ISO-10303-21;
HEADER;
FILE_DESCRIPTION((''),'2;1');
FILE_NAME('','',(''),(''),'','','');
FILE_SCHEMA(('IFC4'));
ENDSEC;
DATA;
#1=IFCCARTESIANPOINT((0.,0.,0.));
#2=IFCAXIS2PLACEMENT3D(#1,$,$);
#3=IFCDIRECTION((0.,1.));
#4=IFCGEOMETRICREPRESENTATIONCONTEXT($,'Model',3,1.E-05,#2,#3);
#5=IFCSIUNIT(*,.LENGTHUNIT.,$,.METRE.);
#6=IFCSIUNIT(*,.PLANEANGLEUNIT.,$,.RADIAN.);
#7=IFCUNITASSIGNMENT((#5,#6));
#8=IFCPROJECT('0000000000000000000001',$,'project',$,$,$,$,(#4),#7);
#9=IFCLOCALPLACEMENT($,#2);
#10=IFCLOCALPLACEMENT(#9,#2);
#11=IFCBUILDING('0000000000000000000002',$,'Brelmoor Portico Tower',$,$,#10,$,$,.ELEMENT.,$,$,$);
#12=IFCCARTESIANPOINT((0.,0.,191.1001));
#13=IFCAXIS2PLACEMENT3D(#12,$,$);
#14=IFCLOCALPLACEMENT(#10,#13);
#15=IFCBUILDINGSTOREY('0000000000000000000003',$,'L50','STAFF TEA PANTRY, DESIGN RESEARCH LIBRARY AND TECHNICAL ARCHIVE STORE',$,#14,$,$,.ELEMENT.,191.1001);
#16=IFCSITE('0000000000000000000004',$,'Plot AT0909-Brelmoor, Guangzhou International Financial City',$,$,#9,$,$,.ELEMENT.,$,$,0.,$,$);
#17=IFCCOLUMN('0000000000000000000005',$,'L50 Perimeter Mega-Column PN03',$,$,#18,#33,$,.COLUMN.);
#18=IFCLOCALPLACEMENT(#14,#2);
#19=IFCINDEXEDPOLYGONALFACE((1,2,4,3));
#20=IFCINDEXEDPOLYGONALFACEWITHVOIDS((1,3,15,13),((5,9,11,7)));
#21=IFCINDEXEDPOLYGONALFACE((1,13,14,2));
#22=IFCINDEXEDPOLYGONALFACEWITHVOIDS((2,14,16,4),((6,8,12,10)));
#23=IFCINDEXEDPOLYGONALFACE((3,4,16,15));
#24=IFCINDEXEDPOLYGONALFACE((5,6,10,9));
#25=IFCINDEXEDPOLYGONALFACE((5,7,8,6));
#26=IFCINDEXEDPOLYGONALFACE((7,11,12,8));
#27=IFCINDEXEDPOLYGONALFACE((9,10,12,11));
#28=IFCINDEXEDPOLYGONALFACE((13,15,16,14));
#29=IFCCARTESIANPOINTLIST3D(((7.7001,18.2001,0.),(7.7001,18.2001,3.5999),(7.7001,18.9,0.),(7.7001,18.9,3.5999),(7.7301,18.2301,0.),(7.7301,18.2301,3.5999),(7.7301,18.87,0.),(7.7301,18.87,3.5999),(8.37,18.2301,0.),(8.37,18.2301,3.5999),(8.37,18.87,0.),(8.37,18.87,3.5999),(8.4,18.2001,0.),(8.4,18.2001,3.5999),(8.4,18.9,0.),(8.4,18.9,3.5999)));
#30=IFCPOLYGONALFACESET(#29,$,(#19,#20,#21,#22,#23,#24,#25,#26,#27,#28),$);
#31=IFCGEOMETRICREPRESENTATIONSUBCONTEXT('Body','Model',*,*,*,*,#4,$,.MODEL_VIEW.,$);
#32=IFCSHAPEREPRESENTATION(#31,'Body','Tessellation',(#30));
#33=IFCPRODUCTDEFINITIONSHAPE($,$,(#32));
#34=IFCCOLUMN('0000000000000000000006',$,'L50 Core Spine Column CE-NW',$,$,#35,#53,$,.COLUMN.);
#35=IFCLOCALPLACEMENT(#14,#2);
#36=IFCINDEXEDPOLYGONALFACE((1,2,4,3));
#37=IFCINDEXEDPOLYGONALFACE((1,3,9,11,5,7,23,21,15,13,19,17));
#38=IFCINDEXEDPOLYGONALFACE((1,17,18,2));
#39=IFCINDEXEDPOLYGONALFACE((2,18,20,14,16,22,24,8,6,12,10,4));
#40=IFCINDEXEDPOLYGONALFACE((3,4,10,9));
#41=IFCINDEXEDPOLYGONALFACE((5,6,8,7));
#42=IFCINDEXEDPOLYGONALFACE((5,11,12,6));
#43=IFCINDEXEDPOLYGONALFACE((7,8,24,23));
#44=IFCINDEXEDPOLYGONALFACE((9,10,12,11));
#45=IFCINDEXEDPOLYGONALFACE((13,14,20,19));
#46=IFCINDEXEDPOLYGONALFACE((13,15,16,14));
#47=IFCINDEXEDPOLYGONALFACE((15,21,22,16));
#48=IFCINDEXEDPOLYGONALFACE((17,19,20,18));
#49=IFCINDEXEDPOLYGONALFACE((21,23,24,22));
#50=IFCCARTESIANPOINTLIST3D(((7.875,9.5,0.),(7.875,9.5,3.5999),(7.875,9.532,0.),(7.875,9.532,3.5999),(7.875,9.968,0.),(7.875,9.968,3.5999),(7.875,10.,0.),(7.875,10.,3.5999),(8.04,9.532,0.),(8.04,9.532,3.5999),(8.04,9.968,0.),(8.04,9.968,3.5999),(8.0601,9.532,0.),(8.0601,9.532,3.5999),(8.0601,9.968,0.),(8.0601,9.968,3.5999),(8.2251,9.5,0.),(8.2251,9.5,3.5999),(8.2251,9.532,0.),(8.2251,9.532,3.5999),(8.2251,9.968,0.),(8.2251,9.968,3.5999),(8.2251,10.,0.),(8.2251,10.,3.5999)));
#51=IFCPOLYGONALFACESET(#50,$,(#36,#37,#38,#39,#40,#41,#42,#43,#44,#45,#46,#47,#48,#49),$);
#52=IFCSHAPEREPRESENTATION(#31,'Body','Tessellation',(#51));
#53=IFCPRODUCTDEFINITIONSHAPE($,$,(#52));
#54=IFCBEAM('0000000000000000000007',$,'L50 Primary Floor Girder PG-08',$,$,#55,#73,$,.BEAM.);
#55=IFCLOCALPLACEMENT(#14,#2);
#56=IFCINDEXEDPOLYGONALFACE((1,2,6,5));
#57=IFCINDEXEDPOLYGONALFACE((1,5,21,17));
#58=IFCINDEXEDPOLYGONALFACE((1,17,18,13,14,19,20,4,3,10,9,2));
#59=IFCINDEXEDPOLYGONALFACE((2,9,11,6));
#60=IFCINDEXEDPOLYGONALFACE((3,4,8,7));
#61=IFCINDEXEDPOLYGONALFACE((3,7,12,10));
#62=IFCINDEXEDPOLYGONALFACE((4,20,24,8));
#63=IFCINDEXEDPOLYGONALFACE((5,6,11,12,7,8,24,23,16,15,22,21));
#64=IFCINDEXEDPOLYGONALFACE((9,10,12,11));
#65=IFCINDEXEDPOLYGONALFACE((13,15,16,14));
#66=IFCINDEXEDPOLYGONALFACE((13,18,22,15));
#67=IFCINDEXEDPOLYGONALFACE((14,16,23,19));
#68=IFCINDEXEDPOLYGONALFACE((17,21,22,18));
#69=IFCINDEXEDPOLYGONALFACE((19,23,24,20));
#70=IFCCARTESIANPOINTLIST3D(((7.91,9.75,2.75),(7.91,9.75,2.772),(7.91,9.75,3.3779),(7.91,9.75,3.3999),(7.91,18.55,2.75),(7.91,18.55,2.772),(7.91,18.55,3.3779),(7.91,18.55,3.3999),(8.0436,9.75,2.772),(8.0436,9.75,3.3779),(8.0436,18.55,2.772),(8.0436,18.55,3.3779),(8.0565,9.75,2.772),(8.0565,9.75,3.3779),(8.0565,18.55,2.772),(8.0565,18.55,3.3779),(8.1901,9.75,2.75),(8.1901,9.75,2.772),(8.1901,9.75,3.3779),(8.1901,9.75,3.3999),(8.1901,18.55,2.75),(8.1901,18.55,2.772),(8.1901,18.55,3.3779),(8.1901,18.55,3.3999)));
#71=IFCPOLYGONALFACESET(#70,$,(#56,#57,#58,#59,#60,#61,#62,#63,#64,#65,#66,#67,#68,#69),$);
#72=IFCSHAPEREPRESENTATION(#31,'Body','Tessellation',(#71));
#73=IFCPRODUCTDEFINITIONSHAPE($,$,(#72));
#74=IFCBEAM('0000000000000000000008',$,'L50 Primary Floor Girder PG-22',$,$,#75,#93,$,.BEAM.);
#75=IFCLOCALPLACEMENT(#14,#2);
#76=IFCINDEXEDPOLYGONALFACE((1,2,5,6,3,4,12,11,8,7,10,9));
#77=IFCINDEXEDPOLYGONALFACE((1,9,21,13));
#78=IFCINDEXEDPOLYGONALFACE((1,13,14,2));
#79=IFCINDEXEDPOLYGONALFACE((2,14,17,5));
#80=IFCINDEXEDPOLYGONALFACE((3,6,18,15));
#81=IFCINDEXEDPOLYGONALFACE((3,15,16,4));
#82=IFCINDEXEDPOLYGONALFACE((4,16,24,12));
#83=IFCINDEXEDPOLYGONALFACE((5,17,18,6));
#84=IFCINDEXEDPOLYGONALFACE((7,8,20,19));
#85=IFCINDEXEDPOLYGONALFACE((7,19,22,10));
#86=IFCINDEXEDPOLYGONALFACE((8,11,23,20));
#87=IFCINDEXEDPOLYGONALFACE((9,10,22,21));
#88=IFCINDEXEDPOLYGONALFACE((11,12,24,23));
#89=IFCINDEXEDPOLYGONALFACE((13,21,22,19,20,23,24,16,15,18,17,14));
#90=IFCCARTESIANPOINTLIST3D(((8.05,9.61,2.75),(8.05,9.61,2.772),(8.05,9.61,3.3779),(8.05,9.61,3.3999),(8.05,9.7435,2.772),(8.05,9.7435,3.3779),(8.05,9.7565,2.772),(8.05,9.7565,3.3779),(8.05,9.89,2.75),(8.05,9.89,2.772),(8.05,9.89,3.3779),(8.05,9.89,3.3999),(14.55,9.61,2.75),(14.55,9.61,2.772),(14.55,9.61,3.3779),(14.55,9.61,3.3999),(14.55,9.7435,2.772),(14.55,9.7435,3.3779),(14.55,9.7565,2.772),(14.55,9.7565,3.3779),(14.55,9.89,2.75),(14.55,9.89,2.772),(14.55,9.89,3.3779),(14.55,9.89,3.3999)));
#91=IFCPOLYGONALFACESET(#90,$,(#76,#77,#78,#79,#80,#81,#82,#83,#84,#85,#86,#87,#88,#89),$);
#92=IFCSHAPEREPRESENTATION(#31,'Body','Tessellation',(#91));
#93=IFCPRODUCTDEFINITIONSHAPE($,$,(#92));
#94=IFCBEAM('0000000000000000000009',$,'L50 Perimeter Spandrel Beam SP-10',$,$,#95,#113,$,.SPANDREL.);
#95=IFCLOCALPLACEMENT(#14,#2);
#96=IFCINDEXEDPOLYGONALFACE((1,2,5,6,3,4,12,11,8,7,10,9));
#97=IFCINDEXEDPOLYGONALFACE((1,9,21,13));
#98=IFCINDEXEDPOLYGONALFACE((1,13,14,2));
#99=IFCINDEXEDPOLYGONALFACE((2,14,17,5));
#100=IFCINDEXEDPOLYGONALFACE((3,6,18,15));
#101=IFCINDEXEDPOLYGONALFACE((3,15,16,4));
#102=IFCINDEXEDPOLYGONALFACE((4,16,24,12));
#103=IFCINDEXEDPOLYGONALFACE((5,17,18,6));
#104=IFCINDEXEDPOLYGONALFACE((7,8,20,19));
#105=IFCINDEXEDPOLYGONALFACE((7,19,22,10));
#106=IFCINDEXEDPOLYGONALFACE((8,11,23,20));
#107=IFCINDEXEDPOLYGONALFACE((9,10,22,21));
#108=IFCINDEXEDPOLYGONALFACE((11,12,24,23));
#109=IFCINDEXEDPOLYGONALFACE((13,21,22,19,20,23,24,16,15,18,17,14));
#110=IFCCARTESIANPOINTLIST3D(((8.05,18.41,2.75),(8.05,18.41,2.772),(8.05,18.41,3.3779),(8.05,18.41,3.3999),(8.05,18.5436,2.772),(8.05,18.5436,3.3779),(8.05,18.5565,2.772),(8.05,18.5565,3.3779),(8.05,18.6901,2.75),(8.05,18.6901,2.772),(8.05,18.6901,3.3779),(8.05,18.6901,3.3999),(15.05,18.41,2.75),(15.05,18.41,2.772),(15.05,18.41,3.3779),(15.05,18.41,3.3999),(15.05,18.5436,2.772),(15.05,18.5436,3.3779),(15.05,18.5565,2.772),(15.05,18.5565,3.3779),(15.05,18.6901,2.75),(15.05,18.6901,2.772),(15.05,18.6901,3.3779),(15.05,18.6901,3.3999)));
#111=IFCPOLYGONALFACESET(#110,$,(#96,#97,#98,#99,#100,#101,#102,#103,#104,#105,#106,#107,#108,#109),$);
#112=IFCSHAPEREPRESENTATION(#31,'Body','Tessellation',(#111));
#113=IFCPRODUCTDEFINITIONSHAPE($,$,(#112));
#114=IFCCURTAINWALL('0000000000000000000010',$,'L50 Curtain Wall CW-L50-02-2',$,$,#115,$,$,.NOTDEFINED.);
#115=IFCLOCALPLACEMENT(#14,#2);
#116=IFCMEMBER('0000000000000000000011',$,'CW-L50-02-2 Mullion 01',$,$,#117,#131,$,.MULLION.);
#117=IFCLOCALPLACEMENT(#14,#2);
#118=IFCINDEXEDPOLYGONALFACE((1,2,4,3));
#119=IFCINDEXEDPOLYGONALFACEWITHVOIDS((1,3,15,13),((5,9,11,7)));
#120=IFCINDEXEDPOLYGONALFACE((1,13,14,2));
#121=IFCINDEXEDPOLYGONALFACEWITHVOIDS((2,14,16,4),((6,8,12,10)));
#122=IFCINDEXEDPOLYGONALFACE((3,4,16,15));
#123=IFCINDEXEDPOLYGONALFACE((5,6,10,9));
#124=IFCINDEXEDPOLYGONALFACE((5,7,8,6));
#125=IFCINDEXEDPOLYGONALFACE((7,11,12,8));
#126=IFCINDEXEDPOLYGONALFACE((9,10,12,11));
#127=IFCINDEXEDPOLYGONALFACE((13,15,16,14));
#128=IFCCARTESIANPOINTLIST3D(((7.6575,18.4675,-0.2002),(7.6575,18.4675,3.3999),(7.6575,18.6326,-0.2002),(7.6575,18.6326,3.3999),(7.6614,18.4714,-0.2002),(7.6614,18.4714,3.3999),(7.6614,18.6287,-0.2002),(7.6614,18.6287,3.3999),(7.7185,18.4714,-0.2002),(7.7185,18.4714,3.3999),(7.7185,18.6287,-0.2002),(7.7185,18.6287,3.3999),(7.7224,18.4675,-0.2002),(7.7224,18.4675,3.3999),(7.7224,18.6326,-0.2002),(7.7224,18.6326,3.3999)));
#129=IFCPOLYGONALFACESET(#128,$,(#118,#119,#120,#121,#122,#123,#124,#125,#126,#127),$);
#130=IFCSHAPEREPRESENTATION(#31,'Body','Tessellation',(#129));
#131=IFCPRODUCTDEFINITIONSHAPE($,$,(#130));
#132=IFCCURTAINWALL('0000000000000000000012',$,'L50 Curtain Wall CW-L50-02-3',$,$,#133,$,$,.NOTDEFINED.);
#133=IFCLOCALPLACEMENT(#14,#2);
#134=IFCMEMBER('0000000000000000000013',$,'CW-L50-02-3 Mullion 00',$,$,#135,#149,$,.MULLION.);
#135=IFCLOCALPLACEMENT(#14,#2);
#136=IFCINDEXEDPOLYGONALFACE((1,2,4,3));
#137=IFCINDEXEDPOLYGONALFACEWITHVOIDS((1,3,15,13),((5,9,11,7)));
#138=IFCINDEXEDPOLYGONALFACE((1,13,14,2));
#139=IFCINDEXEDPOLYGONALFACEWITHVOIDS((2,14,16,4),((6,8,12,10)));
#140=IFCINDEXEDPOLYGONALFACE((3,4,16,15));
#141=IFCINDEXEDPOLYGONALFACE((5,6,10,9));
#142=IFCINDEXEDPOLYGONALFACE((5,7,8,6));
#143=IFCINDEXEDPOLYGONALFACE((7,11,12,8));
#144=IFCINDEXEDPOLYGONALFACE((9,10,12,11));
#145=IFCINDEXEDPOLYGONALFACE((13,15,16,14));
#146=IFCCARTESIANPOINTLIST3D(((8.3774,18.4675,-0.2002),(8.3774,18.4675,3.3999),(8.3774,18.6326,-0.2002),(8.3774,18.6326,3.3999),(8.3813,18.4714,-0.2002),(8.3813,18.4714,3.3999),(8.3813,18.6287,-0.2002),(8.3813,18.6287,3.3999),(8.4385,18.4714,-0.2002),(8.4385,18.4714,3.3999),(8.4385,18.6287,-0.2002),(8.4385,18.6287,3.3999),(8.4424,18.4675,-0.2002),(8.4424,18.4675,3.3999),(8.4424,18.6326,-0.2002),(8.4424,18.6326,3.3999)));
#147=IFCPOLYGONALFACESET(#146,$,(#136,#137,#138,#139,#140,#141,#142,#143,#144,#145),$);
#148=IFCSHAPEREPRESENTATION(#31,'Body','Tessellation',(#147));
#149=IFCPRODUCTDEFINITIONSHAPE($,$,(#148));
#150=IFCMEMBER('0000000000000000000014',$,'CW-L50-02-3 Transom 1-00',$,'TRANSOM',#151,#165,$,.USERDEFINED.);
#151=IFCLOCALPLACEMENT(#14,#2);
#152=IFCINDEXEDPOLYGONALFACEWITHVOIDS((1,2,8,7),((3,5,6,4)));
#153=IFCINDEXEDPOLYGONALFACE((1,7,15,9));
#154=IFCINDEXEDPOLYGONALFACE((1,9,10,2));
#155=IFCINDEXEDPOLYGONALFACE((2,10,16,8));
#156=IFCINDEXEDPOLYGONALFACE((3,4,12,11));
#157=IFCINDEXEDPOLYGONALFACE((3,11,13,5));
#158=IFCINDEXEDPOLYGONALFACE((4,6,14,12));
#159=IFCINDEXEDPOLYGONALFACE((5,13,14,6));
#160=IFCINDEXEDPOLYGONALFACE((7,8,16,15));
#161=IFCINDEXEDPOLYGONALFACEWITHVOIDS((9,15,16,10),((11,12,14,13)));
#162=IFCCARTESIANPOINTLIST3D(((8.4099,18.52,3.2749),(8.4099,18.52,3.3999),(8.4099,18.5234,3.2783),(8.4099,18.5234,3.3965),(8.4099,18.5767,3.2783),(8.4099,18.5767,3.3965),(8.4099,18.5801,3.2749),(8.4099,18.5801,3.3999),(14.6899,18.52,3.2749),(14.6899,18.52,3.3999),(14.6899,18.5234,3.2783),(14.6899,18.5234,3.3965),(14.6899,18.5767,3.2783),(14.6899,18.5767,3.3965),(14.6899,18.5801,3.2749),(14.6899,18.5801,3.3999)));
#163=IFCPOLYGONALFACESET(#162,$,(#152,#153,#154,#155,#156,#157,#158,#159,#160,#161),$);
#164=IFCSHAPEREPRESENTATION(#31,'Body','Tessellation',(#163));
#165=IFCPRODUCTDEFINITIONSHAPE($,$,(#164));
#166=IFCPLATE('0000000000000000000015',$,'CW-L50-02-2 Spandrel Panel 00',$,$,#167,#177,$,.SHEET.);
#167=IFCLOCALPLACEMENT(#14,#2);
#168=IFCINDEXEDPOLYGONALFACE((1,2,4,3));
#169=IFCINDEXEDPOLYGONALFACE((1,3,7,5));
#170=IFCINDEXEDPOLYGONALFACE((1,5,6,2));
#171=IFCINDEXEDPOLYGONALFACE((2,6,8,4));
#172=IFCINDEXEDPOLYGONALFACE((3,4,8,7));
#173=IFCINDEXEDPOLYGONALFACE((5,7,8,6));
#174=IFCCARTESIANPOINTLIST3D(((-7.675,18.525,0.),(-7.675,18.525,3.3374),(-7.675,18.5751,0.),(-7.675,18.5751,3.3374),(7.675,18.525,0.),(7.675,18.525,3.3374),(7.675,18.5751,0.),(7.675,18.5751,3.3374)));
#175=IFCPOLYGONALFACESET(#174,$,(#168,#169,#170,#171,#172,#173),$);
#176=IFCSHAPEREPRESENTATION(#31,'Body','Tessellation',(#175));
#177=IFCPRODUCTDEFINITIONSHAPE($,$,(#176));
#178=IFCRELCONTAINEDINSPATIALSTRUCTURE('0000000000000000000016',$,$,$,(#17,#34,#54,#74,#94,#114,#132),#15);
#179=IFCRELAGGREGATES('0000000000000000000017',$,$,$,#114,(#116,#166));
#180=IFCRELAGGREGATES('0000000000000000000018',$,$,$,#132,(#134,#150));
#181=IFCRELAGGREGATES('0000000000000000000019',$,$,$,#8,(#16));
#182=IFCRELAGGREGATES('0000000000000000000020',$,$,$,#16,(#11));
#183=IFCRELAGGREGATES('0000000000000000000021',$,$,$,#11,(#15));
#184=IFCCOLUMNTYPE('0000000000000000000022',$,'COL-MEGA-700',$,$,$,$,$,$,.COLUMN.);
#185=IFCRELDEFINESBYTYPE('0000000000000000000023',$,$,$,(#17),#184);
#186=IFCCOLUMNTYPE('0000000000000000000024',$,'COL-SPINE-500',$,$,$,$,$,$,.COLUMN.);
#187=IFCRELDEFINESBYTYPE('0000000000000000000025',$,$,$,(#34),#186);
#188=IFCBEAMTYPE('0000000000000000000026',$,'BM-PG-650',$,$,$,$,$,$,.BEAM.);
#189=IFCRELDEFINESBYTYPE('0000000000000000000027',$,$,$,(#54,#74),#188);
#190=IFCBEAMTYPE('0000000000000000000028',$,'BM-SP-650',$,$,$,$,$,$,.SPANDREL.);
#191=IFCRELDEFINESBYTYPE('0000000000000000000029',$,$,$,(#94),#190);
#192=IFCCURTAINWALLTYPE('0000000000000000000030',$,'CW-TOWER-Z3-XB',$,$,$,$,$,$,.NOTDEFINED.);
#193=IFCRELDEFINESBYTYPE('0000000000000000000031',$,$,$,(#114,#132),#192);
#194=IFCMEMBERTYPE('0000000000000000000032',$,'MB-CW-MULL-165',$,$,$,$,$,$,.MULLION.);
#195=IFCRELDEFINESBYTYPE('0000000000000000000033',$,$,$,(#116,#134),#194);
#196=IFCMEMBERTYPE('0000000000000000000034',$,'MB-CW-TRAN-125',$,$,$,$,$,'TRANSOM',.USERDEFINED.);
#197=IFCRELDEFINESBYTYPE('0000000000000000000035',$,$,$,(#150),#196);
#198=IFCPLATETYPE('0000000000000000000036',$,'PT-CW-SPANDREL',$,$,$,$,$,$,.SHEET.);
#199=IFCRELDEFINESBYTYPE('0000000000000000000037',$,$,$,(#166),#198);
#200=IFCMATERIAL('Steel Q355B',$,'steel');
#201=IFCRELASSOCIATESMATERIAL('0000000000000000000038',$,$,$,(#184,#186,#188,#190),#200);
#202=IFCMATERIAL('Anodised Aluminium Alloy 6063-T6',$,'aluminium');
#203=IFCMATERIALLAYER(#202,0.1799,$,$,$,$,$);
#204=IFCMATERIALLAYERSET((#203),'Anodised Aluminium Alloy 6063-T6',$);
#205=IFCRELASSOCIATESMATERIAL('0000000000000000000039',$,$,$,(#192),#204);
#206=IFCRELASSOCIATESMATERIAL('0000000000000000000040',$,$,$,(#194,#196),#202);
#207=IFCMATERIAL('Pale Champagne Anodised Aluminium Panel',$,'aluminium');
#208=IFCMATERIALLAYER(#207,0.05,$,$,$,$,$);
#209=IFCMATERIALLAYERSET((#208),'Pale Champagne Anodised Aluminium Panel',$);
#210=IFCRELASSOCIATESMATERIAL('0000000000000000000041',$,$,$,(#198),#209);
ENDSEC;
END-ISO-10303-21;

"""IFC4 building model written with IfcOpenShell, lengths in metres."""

from ifc_helpers import new_model, si_unit, direction, frame, origin, origin_2d, place, context, subcontext, project, spatial, rectangle, hollow_rectangle, i_section, extrude, material, layer, layer_set, material_profile, profile_set, type_object, element, aggregate, save


model = new_model("IFC4")

# Units and contexts
model_context = context("Model", 3, precision=1e-05, world=origin(), true_north=direction((0.0, 1.0)))
body_context = subcontext(model_context, "Body", "Model", "MODEL_VIEW")
ifc_project = project(units=[si_unit("LENGTHUNIT", "METRE"), si_unit("PLANEANGLEUNIT", "RADIAN")], contexts=[model_context])

# Site, building, storey
site_placement = place(None, origin())
site = spatial("IfcSite", under=ifc_project, at=site_placement, Name="Plot AT0909-Brelmoor, Guangzhou International Financial City", CompositionType="ELEMENT", RefElevation=0.0)
building_placement = place(site_placement, origin())
building = spatial("IfcBuilding", under=site, at=building_placement, Name="Brelmoor Portico Tower", CompositionType="ELEMENT")
storey_placement = place(building_placement, frame((0.0, 0.0, 191.1001)))
storey = spatial("IfcBuildingStorey", under=building, at=storey_placement, Name="L50", Description="STAFF TEA PANTRY, DESIGN RESEARCH LIBRARY AND TECHNICAL ARCHIVE STORE", CompositionType="ELEMENT", Elevation=191.1001)

# Columns
ifc_material_1 = material(Name="Steel Q355B", Category="steel")
ifc_material_profile_1 = material_profile(ifc_material_1, hollow_rectangle(XDim=0.7, YDim=0.7, WallThickness=0.03, at=origin_2d()), Name="BOX 700x700x30")
ifc_profile_set_1 = profile_set([ifc_material_profile_1], Name="Steel Q355B")
column_type_1 = type_object("IfcColumnType", Name="COL-MEGA-700", PredefinedType="COLUMN", material=ifc_profile_set_1)
column_1_placement = place(storey_placement, frame((8.05, 18.55, 0.0), z_axis=(0.0, 0.0, 1.0), x_axis=(1.0, 0.0, 0.0)))
element("IfcColumn", 1, at=column_1_placement, inside=storey, type_object=column_type_1, Name="L50 Perimeter Mega-Column PN03", PredefinedType="COLUMN", context=body_context, shape_type="SweptSolid", body=[
    extrude(hollow_rectangle(XDim=0.7, YDim=0.7, WallThickness=0.03, at=origin_2d()), origin(), (0.0, 0.0, 1.0), 3.5999),
])
ifc_material_profile_2 = material_profile(ifc_material_1, i_section(OverallWidth=0.3501, OverallDepth=0.5, WebThickness=0.02, FlangeThickness=0.032, at=origin_2d()), Name="HW 500x350x20x32")
ifc_profile_set_2 = profile_set([ifc_material_profile_2], Name="Steel Q355B")
column_type_2 = type_object("IfcColumnType", Name="COL-SPINE-500", PredefinedType="COLUMN", material=ifc_profile_set_2)
column_2_placement = place(storey_placement, frame((8.05, 9.75, 0.0), z_axis=(0.0, 0.0, 1.0), x_axis=(1.0, 0.0, 0.0)))
element("IfcColumn", 2, at=column_2_placement, inside=storey, type_object=column_type_2, Name="L50 Core Spine Column CE-NW", PredefinedType="COLUMN", context=body_context, shape_type="SweptSolid", body=[
    extrude(i_section(OverallWidth=0.3501, OverallDepth=0.5, WebThickness=0.02, FlangeThickness=0.032, at=origin_2d()), origin(), (0.0, 0.0, 1.0), 3.5999),
])

# Beams
ifc_material_profile_3 = material_profile(ifc_material_1, i_section(OverallWidth=0.28, OverallDepth=0.6499, WebThickness=0.0129, FlangeThickness=0.022, at=origin_2d()), Name="HN 650x280x13x22")
ifc_profile_set_3 = profile_set([ifc_material_profile_3], Name="Steel Q355B")
beam_type_1 = type_object("IfcBeamType", Name="BM-PG-650", PredefinedType="BEAM", material=ifc_profile_set_3)
beam_1_placement = place(storey_placement, frame((8.05, 9.75, 3.075), z_axis=(0.0, 1.0, 0.0), x_axis=(-1.0, 0.0, 0.0)))
element("IfcBeam", 3, at=beam_1_placement, inside=storey, type_object=beam_type_1, Name="L50 Primary Floor Girder PG-08", PredefinedType="BEAM", context=body_context, shape_type="SweptSolid", body=[
    extrude(i_section(OverallWidth=0.28, OverallDepth=0.6499, WebThickness=0.0129, FlangeThickness=0.022, at=origin_2d()), origin(), (0.0, 0.0, 1.0), 8.8),
])
beam_2_placement = place(storey_placement, frame((8.05, 9.75, 3.075), z_axis=(1.0, 0.0, 0.0), x_axis=(0.0, 1.0, 0.0)))
element("IfcBeam", 4, at=beam_2_placement, inside=storey, type_object=beam_type_1, Name="L50 Primary Floor Girder PG-22", PredefinedType="BEAM", context=body_context, shape_type="SweptSolid", body=[
    extrude(i_section(OverallWidth=0.28, OverallDepth=0.6499, WebThickness=0.0129, FlangeThickness=0.022, at=origin_2d()), origin(), (0.0, 0.0, 1.0), 6.5),
])
ifc_material_profile_4 = material_profile(ifc_material_1, i_section(OverallWidth=0.28, OverallDepth=0.6499, WebThickness=0.0129, FlangeThickness=0.022, at=origin_2d()), Name="HN 650x280x13x22")
ifc_profile_set_4 = profile_set([ifc_material_profile_4], Name="Steel Q355B")
beam_type_2 = type_object("IfcBeamType", Name="BM-SP-650", PredefinedType="SPANDREL", material=ifc_profile_set_4)
beam_3_placement = place(storey_placement, frame((8.05, 18.55, 3.075), z_axis=(1.0, 0.0, 0.0), x_axis=(0.0, 1.0, 0.0)))
element("IfcBeam", 5, at=beam_3_placement, inside=storey, type_object=beam_type_2, Name="L50 Perimeter Spandrel Beam SP-10", PredefinedType="SPANDREL", context=body_context, shape_type="SweptSolid", body=[
    extrude(i_section(OverallWidth=0.28, OverallDepth=0.6499, WebThickness=0.0129, FlangeThickness=0.022, at=origin_2d()), origin(), (0.0, 0.0, 1.0), 7.0),
])

# Curtain wall, member
ifc_material_2 = material(Name="Anodised Aluminium Alloy 6063-T6", Category="aluminium")
ifc_layer_1 = layer(ifc_material_2, 0.1799)
ifc_layer_set_1 = layer_set([ifc_layer_1], Name="Anodised Aluminium Alloy 6063-T6")
curtain_wall_type = type_object("IfcCurtainWallType", Name="CW-TOWER-Z3-XB", PredefinedType="NOTDEFINED", material=ifc_layer_set_1)
curtain_wall_1_placement = place(storey_placement, origin())
curtain_wall_1 = element("IfcCurtainWall", 6, at=curtain_wall_1_placement, inside=storey, type_object=curtain_wall_type, Name="L50 Curtain Wall CW-L50-02-2", PredefinedType="NOTDEFINED")
ifc_material_profile_5 = material_profile(ifc_material_2, hollow_rectangle(XDim=0.0649, YDim=0.165, WallThickness=0.0039, at=origin_2d()), Name="ALU MULLION 65x165")
ifc_profile_set_5 = profile_set([ifc_material_profile_5], Name="Anodised Aluminium Alloy 6063-T6")
member_type_1 = type_object("IfcMemberType", Name="MB-CW-MULL-165", PredefinedType="MULLION", material=ifc_profile_set_5)
member_1_placement = place(storey_placement, frame((7.6899, 18.55, -0.2002), z_axis=(0.0, 0.0, 1.0), x_axis=(1.0, 0.0, 0.0)))
member_1 = element("IfcMember", 7, at=member_1_placement, type_object=member_type_1, Name="CW-L50-02-2 Mullion 01", PredefinedType="MULLION", context=body_context, shape_type="SweptSolid", body=[
    extrude(hollow_rectangle(XDim=0.0649, YDim=0.165, WallThickness=0.0039, at=origin_2d()), origin(), (0.0, 0.0, 1.0), 3.6001),
])

# Curtain wall, members
curtain_wall_2_placement = place(storey_placement, origin())
curtain_wall_2 = element("IfcCurtainWall", 8, at=curtain_wall_2_placement, inside=storey, type_object=curtain_wall_type, Name="L50 Curtain Wall CW-L50-02-3", PredefinedType="NOTDEFINED")
member_2_placement = place(storey_placement, frame((8.4099, 18.55, -0.2002), z_axis=(0.0, 0.0, 1.0), x_axis=(1.0, 0.0, 0.0)))
member_2 = element("IfcMember", 9, at=member_2_placement, type_object=member_type_1, Name="CW-L50-02-3 Mullion 00", PredefinedType="MULLION", context=body_context, shape_type="SweptSolid", body=[
    extrude(hollow_rectangle(XDim=0.0649, YDim=0.165, WallThickness=0.0039, at=origin_2d()), origin(), (0.0, 0.0, 1.0), 3.6001),
])
ifc_material_profile_6 = material_profile(ifc_material_2, hollow_rectangle(XDim=0.0601, YDim=0.125, WallThickness=0.0034, at=origin_2d()), Name="ALU TRANSOM 60x125")
ifc_profile_set_6 = profile_set([ifc_material_profile_6], Name="Anodised Aluminium Alloy 6063-T6")
member_type_2 = type_object("IfcMemberType", Name="MB-CW-TRAN-125", ElementType="TRANSOM", PredefinedType="USERDEFINED", material=ifc_profile_set_6)
member_3_placement = place(storey_placement, frame((8.4099, 18.55, 3.3374), z_axis=(1.0, 0.0, 0.0), x_axis=(0.0, 1.0, 0.0)))
member_3 = element("IfcMember", 10, at=member_3_placement, type_object=member_type_2, Name="CW-L50-02-3 Transom 1-00", ObjectType="TRANSOM", PredefinedType="USERDEFINED", context=body_context, shape_type="SweptSolid", body=[
    extrude(hollow_rectangle(XDim=0.0601, YDim=0.125, WallThickness=0.0034, at=origin_2d()), origin(), (0.0, 0.0, 1.0), 6.28),
])

# Plate
ifc_material_3 = material(Name="Pale Champagne Anodised Aluminium Panel", Category="aluminium")
ifc_layer_2 = layer(ifc_material_3, 0.05)
ifc_layer_set_2 = layer_set([ifc_layer_2], Name="Pale Champagne Anodised Aluminium Panel")
plate_type_1 = type_object("IfcPlateType", Name="PT-CW-SPANDREL", PredefinedType="SHEET", material=ifc_layer_set_2)
plate_1_placement = place(storey_placement, frame((0.0, 18.55, 0.0), z_axis=(0.0, 0.0, 1.0), x_axis=(1.0, 0.0, 0.0)))
plate_1 = element("IfcPlate", 11, at=plate_1_placement, type_object=plate_type_1, Name="CW-L50-02-2 Spandrel Panel 00", PredefinedType="SHEET", context=body_context, shape_type="SweptSolid", body=[
    extrude(rectangle(XDim=15.3501, YDim=0.05, at=origin_2d()), origin(), (0.0, 0.0, 1.0), 3.3374),
])
aggregate(curtain_wall_1, [member_1, plate_1])
aggregate(curtain_wall_2, [member_2, member_3])

save(model, "model.ifc")
